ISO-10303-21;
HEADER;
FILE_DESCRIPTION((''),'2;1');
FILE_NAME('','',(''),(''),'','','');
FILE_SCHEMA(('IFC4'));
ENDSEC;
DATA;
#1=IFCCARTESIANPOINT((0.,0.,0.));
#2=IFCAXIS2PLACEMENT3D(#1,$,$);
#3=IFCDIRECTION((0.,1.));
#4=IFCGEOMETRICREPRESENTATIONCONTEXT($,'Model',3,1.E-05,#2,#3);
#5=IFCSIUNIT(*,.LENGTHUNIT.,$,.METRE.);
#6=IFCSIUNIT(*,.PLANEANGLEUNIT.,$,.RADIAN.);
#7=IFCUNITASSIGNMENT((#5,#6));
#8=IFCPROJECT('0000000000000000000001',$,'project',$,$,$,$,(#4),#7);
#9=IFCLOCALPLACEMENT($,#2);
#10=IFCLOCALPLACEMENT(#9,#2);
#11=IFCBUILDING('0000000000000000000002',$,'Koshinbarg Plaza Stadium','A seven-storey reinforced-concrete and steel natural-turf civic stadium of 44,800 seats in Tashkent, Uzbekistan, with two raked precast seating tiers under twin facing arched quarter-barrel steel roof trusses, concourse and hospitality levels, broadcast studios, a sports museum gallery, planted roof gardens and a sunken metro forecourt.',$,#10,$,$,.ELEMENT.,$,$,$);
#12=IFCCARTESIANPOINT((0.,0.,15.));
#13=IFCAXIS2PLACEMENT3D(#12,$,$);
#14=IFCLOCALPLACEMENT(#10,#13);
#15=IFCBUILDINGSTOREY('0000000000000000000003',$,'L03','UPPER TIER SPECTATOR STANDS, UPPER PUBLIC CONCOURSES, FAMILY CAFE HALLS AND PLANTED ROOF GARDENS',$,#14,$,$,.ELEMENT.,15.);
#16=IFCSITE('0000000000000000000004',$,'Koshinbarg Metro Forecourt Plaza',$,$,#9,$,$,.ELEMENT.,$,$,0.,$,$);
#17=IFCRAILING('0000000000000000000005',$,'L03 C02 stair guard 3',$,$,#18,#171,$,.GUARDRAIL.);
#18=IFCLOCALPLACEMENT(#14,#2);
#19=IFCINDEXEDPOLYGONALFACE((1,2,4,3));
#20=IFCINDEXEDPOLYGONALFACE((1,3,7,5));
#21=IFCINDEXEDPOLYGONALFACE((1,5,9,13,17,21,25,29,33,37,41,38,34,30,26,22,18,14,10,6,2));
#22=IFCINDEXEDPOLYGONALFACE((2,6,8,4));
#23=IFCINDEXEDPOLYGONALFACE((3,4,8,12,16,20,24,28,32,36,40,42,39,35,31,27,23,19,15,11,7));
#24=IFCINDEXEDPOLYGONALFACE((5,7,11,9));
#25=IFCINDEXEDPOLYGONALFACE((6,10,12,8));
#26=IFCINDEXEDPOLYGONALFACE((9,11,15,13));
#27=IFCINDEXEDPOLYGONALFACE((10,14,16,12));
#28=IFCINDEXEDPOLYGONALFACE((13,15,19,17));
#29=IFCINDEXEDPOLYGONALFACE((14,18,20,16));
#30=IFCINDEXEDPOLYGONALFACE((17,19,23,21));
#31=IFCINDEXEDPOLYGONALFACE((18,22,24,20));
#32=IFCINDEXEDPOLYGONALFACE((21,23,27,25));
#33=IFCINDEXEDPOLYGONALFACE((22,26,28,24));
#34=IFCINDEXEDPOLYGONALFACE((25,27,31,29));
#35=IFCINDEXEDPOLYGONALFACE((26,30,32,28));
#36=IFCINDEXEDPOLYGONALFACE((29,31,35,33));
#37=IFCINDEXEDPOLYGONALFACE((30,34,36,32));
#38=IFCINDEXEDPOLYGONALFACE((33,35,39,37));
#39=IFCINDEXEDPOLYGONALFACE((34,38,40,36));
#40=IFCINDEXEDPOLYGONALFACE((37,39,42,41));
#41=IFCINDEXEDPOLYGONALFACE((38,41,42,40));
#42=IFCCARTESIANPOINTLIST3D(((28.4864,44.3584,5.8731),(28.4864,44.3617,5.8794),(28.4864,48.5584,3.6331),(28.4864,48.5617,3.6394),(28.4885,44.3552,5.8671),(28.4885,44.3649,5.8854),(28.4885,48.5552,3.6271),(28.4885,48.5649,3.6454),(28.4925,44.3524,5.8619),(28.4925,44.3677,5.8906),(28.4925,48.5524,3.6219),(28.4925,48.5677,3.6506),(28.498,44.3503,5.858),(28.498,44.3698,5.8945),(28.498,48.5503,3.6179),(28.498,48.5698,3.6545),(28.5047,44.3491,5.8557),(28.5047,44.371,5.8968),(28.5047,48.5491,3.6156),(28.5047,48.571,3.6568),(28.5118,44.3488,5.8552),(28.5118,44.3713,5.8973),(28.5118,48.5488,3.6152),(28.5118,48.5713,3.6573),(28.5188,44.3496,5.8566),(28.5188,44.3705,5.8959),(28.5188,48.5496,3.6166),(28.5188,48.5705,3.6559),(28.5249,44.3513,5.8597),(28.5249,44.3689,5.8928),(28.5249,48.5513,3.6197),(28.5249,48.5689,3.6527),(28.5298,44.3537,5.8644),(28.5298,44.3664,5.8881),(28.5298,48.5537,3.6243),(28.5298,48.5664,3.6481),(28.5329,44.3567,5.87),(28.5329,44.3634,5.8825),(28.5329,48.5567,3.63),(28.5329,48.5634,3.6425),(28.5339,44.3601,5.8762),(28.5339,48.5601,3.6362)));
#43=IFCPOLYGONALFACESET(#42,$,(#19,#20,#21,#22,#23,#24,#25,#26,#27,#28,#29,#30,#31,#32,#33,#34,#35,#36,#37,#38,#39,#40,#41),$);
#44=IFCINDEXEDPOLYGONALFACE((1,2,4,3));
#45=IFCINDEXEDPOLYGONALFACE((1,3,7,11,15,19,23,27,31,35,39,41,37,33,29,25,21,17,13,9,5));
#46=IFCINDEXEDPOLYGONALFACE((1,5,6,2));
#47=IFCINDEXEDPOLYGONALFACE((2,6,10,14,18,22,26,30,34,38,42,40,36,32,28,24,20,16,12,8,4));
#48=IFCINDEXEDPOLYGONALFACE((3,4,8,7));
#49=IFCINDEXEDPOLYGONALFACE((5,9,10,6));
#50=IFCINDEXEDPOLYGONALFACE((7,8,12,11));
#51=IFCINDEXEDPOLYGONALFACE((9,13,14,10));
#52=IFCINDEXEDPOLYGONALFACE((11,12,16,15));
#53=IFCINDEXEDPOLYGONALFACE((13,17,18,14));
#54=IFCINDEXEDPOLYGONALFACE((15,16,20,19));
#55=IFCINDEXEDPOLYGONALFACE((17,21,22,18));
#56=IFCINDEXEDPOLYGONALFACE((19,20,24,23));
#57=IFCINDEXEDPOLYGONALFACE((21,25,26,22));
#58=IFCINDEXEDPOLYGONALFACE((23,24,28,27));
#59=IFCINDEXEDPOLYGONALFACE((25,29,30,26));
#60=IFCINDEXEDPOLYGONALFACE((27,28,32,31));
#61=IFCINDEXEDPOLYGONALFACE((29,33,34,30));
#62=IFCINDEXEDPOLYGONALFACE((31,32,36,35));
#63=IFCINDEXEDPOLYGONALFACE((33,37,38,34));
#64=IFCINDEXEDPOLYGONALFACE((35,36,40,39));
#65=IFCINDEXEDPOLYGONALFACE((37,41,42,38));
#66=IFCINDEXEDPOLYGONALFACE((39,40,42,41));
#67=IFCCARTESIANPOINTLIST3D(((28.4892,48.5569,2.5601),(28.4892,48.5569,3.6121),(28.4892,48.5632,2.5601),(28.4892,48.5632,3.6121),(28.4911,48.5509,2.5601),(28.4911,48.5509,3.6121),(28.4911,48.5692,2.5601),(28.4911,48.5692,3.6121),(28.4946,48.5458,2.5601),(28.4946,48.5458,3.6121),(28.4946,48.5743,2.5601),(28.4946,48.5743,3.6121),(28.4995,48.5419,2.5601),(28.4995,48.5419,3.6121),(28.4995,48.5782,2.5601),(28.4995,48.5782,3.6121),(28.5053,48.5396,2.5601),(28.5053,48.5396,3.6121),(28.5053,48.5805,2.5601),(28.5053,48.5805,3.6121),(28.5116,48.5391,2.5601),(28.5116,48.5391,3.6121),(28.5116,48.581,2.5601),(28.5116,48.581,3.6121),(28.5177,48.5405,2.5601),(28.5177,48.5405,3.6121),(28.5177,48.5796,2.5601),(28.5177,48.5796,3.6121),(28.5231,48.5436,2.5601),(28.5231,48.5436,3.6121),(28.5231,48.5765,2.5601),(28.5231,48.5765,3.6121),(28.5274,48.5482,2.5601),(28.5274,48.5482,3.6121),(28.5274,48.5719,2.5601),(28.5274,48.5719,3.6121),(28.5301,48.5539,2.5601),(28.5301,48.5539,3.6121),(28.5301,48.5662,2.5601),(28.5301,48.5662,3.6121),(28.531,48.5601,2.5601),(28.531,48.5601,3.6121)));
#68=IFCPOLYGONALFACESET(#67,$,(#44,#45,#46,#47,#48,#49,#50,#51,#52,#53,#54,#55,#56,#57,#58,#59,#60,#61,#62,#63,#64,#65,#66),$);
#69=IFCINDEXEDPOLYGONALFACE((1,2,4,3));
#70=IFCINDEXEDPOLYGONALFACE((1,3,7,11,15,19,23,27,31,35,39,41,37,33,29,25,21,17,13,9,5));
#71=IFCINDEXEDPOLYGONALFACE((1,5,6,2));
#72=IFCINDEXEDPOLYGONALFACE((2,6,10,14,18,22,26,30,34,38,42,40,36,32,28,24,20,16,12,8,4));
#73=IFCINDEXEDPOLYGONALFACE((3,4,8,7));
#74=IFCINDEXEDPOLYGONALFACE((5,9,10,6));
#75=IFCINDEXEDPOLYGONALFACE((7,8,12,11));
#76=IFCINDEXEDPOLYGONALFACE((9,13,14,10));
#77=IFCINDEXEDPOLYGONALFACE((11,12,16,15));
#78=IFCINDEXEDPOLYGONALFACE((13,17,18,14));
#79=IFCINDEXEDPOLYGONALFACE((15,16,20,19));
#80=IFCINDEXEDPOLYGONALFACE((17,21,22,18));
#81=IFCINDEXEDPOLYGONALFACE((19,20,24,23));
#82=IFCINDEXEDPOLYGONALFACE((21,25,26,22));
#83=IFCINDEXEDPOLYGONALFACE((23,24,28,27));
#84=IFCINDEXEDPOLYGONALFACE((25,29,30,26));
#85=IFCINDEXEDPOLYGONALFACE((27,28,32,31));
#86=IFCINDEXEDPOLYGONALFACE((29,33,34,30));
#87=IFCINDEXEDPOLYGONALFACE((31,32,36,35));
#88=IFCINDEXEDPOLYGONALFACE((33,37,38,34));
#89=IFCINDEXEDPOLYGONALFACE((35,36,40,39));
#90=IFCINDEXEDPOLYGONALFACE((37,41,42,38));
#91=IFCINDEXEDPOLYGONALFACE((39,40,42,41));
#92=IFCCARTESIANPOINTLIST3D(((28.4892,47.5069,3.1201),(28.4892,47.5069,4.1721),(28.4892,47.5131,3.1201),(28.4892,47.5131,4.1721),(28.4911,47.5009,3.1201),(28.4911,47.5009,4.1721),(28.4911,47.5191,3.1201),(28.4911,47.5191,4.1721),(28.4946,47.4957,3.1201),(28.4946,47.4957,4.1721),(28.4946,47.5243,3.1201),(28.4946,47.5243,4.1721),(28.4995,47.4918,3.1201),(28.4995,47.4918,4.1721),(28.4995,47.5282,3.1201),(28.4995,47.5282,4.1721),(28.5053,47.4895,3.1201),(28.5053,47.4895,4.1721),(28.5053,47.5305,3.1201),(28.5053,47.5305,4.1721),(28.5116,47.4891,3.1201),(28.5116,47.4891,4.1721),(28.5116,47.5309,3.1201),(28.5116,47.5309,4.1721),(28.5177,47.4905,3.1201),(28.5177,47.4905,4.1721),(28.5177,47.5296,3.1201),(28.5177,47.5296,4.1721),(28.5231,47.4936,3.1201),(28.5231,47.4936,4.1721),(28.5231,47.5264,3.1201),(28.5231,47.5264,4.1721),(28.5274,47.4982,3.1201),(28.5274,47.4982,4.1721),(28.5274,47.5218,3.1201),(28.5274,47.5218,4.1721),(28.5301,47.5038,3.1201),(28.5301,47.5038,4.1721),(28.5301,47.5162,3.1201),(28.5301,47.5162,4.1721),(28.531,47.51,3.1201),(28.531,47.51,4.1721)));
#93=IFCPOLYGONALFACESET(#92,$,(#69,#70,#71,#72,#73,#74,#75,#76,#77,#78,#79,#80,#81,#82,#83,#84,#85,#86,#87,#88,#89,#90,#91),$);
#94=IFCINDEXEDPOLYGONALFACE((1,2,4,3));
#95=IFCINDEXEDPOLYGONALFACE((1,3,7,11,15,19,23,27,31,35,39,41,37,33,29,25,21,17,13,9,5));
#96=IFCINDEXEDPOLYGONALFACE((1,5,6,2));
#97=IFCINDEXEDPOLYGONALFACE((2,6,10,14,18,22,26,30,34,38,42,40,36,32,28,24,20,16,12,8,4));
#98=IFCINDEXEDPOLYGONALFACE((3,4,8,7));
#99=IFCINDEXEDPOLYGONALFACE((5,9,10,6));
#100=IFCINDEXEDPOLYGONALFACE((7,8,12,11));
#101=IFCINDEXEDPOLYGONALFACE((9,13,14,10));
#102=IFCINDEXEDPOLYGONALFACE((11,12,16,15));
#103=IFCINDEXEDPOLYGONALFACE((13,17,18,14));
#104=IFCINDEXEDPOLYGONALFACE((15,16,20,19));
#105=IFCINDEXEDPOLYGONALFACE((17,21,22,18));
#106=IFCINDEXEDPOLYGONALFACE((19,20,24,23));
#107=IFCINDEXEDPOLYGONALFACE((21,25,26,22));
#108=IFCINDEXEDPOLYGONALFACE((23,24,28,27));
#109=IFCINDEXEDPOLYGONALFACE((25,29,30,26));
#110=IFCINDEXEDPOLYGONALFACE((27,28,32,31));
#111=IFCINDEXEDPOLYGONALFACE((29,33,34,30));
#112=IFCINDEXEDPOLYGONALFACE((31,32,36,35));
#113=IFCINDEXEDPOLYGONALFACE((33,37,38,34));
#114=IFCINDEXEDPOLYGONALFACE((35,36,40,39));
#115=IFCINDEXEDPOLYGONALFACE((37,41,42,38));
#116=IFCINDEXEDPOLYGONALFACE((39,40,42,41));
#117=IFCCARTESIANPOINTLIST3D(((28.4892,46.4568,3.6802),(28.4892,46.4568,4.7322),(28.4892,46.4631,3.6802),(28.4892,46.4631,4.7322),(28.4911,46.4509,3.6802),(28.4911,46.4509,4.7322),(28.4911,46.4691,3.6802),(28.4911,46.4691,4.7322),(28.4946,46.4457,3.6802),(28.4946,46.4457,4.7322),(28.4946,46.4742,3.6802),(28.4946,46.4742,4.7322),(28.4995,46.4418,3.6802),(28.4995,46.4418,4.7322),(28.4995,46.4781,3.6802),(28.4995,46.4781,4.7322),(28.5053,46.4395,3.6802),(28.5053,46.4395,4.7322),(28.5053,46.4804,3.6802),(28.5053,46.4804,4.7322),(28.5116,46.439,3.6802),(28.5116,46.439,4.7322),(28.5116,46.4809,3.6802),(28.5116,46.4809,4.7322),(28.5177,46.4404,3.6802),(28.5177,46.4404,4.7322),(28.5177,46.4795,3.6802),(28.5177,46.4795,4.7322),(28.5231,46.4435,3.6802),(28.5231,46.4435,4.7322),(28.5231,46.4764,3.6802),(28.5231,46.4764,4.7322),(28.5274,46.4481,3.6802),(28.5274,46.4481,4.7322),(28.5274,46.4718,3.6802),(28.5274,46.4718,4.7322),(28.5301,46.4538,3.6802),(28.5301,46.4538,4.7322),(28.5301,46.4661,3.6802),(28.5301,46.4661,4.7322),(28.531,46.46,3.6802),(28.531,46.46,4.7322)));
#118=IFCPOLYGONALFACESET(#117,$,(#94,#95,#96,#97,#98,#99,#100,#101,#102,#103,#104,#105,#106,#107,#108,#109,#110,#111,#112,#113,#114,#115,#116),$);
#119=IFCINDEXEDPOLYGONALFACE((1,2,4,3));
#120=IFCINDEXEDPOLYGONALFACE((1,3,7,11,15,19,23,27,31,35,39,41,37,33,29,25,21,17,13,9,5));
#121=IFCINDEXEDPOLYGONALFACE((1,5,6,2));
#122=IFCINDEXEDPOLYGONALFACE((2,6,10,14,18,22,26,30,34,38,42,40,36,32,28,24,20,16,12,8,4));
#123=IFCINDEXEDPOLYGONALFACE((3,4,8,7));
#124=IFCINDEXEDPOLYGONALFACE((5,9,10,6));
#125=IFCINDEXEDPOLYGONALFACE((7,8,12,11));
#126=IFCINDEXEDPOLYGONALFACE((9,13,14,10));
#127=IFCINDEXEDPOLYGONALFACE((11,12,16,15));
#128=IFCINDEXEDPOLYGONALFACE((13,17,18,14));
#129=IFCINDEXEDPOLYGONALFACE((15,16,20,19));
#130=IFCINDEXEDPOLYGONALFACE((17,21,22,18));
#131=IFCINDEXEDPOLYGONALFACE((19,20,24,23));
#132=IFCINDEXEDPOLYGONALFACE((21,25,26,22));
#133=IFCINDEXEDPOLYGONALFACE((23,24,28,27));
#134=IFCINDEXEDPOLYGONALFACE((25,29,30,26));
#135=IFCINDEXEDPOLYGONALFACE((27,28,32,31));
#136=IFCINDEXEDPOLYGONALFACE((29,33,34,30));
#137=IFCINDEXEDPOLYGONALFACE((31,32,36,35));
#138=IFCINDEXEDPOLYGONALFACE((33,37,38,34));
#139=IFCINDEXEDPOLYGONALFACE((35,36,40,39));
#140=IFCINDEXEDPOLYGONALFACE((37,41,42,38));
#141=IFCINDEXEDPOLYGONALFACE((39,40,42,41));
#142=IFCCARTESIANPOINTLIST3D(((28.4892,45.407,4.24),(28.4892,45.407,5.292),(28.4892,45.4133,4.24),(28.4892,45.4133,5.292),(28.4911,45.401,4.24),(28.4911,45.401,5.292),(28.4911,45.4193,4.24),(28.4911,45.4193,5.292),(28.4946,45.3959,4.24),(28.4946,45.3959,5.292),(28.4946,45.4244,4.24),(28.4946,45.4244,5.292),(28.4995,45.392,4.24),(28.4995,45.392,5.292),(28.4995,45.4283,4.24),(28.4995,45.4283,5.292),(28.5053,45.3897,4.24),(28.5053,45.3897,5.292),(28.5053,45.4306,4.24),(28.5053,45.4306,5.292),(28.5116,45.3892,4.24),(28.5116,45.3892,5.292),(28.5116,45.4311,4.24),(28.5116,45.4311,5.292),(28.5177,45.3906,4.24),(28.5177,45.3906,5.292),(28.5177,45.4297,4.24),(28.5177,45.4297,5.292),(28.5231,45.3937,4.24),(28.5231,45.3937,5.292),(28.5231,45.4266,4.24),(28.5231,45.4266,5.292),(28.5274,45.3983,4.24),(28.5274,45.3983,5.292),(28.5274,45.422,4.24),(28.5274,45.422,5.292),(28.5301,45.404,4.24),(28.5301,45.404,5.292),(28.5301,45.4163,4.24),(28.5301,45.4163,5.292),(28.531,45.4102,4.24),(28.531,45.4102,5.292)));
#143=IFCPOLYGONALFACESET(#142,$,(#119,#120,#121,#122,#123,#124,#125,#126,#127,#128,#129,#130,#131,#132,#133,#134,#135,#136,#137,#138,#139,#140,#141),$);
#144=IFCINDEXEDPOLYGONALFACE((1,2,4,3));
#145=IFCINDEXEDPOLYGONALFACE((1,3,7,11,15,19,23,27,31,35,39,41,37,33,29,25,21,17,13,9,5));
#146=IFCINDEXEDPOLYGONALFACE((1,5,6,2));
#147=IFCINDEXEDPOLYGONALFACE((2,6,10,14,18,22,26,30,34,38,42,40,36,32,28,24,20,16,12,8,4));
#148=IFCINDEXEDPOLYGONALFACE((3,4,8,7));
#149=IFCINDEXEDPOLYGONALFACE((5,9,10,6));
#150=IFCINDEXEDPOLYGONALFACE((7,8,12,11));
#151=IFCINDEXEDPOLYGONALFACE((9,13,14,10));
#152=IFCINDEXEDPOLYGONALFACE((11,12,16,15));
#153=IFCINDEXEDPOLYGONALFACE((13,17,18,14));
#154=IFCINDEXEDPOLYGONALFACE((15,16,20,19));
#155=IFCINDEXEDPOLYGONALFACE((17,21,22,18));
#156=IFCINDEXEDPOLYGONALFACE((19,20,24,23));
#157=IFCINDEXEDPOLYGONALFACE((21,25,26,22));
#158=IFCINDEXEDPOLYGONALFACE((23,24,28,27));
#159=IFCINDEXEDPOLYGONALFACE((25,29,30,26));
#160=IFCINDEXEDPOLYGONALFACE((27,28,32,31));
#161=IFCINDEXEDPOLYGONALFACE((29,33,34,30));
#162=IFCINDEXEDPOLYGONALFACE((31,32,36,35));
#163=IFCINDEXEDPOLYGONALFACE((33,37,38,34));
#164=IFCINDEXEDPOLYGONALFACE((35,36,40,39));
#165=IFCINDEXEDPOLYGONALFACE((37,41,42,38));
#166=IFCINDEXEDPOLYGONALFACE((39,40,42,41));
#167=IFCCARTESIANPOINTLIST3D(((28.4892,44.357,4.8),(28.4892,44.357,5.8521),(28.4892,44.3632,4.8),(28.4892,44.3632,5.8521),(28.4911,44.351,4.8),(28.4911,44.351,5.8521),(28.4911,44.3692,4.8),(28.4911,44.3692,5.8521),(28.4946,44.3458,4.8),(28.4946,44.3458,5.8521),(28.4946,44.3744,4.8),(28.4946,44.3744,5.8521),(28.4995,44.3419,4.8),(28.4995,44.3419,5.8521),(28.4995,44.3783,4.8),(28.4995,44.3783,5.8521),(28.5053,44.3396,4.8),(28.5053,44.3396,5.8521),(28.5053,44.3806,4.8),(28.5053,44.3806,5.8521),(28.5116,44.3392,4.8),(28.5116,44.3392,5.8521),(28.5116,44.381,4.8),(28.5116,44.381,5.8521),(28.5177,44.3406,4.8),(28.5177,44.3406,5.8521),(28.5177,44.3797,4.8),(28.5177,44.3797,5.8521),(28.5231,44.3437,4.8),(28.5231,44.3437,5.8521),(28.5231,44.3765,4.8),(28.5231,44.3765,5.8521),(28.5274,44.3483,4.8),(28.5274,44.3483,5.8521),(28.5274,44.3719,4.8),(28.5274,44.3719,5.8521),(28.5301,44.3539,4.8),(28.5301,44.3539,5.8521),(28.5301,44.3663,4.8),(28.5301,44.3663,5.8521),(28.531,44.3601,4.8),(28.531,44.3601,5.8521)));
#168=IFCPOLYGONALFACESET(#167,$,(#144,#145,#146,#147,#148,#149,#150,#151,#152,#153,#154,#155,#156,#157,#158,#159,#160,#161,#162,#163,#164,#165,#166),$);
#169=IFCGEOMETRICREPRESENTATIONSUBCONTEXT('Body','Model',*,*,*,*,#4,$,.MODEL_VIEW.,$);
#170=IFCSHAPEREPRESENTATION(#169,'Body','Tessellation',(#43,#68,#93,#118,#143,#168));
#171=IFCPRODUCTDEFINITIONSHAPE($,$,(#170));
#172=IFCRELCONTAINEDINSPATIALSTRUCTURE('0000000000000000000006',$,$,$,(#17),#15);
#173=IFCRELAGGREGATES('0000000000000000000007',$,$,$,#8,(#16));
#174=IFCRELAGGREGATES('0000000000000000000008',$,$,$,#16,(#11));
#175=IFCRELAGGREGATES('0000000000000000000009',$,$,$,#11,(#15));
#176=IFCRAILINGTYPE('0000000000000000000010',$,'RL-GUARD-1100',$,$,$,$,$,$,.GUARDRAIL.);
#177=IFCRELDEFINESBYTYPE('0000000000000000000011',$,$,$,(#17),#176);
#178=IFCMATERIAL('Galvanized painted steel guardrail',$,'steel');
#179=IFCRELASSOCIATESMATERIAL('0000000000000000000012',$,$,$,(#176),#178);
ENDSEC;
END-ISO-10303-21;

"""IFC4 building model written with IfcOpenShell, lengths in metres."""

from ifc_helpers import new_model, si_unit, direction, frame, origin, origin_2d, place, context, subcontext, project, spatial, circle, extrude, material, type_object, element, save


model = new_model("IFC4")

# Units and contexts
model_context = context("Model", 3, precision=1e-05, world=origin(), true_north=direction((0.0, 1.0)))
body_context = subcontext(model_context, "Body", "Model", "MODEL_VIEW")
ifc_project = project(units=[si_unit("LENGTHUNIT", "METRE"), si_unit("PLANEANGLEUNIT", "RADIAN")], contexts=[model_context])

# Site, building, storey
site_placement = place(None, origin())
site = spatial("IfcSite", under=ifc_project, at=site_placement, Name="Koshinbarg Metro Forecourt Plaza", CompositionType="ELEMENT", RefElevation=0.0)
building_placement = place(site_placement, origin())
building = spatial("IfcBuilding", under=site, at=building_placement, Name="Koshinbarg Plaza Stadium", Description="A seven-storey reinforced-concrete and steel natural-turf civic stadium of 44,800 seats in Tashkent, Uzbekistan, with two raked precast seating tiers under twin facing arched quarter-barrel steel roof trusses, concourse and hospitality levels, broadcast studios, a sports museum gallery, planted roof gardens and a sunken metro forecourt.", CompositionType="ELEMENT")
storey_placement = place(building_placement, frame((0.0, 0.0, 15.0)))
storey = spatial("IfcBuildingStorey", under=building, at=storey_placement, Name="L03", Description="UPPER TIER SPECTATOR STANDS, UPPER PUBLIC CONCOURSES, FAMILY CAFE HALLS AND PLANTED ROOF GARDENS", CompositionType="ELEMENT", Elevation=15.0)

# Railing
ifc_material_1 = material(Name="Galvanized painted steel guardrail", Category="steel")
railing_type_1 = type_object("IfcRailingType", Name="RL-GUARD-1100", PredefinedType="GUARDRAIL", material=ifc_material_1)
railing_1_placement = place(storey_placement, frame((28.51, 48.5601, 2.5601)))
element("IfcRailing", 1, at=railing_1_placement, inside=storey, type_object=railing_type_1, Name="L03 C02 stair guard 3", PredefinedType="GUARDRAIL", context=body_context, shape_type="SweptSolid", body=[
    extrude(circle(Radius=0.0239, at=origin_2d()), frame((0.0, 0.0, 1.0762), z_axis=(0.0, -0.882352, 0.470591), x_axis=(1.0, 0.0, 0.0)), (0.0, 0.0, 1.0), 4.76),
    extrude(circle(Radius=0.021, at=origin_2d()), origin(), (0.0, 0.0, 1.0), 1.052),
    extrude(circle(Radius=0.021, at=origin_2d()), frame((0.0, -1.05, 0.5601)), (0.0, 0.0, 1.0), 1.052),
    extrude(circle(Radius=0.021, at=origin_2d()), frame((0.0, -2.1001, 1.1201)), (0.0, 0.0, 1.0), 1.052),
    extrude(circle(Radius=0.021, at=origin_2d()), frame((0.0, -3.1499, 1.6799)), (0.0, 0.0, 1.0), 1.052),
    extrude(circle(Radius=0.021, at=origin_2d()), frame((0.0, -4.2, 2.24)), (0.0, 0.0, 1.0), 1.052),
])

save(model, "model.ifc")
